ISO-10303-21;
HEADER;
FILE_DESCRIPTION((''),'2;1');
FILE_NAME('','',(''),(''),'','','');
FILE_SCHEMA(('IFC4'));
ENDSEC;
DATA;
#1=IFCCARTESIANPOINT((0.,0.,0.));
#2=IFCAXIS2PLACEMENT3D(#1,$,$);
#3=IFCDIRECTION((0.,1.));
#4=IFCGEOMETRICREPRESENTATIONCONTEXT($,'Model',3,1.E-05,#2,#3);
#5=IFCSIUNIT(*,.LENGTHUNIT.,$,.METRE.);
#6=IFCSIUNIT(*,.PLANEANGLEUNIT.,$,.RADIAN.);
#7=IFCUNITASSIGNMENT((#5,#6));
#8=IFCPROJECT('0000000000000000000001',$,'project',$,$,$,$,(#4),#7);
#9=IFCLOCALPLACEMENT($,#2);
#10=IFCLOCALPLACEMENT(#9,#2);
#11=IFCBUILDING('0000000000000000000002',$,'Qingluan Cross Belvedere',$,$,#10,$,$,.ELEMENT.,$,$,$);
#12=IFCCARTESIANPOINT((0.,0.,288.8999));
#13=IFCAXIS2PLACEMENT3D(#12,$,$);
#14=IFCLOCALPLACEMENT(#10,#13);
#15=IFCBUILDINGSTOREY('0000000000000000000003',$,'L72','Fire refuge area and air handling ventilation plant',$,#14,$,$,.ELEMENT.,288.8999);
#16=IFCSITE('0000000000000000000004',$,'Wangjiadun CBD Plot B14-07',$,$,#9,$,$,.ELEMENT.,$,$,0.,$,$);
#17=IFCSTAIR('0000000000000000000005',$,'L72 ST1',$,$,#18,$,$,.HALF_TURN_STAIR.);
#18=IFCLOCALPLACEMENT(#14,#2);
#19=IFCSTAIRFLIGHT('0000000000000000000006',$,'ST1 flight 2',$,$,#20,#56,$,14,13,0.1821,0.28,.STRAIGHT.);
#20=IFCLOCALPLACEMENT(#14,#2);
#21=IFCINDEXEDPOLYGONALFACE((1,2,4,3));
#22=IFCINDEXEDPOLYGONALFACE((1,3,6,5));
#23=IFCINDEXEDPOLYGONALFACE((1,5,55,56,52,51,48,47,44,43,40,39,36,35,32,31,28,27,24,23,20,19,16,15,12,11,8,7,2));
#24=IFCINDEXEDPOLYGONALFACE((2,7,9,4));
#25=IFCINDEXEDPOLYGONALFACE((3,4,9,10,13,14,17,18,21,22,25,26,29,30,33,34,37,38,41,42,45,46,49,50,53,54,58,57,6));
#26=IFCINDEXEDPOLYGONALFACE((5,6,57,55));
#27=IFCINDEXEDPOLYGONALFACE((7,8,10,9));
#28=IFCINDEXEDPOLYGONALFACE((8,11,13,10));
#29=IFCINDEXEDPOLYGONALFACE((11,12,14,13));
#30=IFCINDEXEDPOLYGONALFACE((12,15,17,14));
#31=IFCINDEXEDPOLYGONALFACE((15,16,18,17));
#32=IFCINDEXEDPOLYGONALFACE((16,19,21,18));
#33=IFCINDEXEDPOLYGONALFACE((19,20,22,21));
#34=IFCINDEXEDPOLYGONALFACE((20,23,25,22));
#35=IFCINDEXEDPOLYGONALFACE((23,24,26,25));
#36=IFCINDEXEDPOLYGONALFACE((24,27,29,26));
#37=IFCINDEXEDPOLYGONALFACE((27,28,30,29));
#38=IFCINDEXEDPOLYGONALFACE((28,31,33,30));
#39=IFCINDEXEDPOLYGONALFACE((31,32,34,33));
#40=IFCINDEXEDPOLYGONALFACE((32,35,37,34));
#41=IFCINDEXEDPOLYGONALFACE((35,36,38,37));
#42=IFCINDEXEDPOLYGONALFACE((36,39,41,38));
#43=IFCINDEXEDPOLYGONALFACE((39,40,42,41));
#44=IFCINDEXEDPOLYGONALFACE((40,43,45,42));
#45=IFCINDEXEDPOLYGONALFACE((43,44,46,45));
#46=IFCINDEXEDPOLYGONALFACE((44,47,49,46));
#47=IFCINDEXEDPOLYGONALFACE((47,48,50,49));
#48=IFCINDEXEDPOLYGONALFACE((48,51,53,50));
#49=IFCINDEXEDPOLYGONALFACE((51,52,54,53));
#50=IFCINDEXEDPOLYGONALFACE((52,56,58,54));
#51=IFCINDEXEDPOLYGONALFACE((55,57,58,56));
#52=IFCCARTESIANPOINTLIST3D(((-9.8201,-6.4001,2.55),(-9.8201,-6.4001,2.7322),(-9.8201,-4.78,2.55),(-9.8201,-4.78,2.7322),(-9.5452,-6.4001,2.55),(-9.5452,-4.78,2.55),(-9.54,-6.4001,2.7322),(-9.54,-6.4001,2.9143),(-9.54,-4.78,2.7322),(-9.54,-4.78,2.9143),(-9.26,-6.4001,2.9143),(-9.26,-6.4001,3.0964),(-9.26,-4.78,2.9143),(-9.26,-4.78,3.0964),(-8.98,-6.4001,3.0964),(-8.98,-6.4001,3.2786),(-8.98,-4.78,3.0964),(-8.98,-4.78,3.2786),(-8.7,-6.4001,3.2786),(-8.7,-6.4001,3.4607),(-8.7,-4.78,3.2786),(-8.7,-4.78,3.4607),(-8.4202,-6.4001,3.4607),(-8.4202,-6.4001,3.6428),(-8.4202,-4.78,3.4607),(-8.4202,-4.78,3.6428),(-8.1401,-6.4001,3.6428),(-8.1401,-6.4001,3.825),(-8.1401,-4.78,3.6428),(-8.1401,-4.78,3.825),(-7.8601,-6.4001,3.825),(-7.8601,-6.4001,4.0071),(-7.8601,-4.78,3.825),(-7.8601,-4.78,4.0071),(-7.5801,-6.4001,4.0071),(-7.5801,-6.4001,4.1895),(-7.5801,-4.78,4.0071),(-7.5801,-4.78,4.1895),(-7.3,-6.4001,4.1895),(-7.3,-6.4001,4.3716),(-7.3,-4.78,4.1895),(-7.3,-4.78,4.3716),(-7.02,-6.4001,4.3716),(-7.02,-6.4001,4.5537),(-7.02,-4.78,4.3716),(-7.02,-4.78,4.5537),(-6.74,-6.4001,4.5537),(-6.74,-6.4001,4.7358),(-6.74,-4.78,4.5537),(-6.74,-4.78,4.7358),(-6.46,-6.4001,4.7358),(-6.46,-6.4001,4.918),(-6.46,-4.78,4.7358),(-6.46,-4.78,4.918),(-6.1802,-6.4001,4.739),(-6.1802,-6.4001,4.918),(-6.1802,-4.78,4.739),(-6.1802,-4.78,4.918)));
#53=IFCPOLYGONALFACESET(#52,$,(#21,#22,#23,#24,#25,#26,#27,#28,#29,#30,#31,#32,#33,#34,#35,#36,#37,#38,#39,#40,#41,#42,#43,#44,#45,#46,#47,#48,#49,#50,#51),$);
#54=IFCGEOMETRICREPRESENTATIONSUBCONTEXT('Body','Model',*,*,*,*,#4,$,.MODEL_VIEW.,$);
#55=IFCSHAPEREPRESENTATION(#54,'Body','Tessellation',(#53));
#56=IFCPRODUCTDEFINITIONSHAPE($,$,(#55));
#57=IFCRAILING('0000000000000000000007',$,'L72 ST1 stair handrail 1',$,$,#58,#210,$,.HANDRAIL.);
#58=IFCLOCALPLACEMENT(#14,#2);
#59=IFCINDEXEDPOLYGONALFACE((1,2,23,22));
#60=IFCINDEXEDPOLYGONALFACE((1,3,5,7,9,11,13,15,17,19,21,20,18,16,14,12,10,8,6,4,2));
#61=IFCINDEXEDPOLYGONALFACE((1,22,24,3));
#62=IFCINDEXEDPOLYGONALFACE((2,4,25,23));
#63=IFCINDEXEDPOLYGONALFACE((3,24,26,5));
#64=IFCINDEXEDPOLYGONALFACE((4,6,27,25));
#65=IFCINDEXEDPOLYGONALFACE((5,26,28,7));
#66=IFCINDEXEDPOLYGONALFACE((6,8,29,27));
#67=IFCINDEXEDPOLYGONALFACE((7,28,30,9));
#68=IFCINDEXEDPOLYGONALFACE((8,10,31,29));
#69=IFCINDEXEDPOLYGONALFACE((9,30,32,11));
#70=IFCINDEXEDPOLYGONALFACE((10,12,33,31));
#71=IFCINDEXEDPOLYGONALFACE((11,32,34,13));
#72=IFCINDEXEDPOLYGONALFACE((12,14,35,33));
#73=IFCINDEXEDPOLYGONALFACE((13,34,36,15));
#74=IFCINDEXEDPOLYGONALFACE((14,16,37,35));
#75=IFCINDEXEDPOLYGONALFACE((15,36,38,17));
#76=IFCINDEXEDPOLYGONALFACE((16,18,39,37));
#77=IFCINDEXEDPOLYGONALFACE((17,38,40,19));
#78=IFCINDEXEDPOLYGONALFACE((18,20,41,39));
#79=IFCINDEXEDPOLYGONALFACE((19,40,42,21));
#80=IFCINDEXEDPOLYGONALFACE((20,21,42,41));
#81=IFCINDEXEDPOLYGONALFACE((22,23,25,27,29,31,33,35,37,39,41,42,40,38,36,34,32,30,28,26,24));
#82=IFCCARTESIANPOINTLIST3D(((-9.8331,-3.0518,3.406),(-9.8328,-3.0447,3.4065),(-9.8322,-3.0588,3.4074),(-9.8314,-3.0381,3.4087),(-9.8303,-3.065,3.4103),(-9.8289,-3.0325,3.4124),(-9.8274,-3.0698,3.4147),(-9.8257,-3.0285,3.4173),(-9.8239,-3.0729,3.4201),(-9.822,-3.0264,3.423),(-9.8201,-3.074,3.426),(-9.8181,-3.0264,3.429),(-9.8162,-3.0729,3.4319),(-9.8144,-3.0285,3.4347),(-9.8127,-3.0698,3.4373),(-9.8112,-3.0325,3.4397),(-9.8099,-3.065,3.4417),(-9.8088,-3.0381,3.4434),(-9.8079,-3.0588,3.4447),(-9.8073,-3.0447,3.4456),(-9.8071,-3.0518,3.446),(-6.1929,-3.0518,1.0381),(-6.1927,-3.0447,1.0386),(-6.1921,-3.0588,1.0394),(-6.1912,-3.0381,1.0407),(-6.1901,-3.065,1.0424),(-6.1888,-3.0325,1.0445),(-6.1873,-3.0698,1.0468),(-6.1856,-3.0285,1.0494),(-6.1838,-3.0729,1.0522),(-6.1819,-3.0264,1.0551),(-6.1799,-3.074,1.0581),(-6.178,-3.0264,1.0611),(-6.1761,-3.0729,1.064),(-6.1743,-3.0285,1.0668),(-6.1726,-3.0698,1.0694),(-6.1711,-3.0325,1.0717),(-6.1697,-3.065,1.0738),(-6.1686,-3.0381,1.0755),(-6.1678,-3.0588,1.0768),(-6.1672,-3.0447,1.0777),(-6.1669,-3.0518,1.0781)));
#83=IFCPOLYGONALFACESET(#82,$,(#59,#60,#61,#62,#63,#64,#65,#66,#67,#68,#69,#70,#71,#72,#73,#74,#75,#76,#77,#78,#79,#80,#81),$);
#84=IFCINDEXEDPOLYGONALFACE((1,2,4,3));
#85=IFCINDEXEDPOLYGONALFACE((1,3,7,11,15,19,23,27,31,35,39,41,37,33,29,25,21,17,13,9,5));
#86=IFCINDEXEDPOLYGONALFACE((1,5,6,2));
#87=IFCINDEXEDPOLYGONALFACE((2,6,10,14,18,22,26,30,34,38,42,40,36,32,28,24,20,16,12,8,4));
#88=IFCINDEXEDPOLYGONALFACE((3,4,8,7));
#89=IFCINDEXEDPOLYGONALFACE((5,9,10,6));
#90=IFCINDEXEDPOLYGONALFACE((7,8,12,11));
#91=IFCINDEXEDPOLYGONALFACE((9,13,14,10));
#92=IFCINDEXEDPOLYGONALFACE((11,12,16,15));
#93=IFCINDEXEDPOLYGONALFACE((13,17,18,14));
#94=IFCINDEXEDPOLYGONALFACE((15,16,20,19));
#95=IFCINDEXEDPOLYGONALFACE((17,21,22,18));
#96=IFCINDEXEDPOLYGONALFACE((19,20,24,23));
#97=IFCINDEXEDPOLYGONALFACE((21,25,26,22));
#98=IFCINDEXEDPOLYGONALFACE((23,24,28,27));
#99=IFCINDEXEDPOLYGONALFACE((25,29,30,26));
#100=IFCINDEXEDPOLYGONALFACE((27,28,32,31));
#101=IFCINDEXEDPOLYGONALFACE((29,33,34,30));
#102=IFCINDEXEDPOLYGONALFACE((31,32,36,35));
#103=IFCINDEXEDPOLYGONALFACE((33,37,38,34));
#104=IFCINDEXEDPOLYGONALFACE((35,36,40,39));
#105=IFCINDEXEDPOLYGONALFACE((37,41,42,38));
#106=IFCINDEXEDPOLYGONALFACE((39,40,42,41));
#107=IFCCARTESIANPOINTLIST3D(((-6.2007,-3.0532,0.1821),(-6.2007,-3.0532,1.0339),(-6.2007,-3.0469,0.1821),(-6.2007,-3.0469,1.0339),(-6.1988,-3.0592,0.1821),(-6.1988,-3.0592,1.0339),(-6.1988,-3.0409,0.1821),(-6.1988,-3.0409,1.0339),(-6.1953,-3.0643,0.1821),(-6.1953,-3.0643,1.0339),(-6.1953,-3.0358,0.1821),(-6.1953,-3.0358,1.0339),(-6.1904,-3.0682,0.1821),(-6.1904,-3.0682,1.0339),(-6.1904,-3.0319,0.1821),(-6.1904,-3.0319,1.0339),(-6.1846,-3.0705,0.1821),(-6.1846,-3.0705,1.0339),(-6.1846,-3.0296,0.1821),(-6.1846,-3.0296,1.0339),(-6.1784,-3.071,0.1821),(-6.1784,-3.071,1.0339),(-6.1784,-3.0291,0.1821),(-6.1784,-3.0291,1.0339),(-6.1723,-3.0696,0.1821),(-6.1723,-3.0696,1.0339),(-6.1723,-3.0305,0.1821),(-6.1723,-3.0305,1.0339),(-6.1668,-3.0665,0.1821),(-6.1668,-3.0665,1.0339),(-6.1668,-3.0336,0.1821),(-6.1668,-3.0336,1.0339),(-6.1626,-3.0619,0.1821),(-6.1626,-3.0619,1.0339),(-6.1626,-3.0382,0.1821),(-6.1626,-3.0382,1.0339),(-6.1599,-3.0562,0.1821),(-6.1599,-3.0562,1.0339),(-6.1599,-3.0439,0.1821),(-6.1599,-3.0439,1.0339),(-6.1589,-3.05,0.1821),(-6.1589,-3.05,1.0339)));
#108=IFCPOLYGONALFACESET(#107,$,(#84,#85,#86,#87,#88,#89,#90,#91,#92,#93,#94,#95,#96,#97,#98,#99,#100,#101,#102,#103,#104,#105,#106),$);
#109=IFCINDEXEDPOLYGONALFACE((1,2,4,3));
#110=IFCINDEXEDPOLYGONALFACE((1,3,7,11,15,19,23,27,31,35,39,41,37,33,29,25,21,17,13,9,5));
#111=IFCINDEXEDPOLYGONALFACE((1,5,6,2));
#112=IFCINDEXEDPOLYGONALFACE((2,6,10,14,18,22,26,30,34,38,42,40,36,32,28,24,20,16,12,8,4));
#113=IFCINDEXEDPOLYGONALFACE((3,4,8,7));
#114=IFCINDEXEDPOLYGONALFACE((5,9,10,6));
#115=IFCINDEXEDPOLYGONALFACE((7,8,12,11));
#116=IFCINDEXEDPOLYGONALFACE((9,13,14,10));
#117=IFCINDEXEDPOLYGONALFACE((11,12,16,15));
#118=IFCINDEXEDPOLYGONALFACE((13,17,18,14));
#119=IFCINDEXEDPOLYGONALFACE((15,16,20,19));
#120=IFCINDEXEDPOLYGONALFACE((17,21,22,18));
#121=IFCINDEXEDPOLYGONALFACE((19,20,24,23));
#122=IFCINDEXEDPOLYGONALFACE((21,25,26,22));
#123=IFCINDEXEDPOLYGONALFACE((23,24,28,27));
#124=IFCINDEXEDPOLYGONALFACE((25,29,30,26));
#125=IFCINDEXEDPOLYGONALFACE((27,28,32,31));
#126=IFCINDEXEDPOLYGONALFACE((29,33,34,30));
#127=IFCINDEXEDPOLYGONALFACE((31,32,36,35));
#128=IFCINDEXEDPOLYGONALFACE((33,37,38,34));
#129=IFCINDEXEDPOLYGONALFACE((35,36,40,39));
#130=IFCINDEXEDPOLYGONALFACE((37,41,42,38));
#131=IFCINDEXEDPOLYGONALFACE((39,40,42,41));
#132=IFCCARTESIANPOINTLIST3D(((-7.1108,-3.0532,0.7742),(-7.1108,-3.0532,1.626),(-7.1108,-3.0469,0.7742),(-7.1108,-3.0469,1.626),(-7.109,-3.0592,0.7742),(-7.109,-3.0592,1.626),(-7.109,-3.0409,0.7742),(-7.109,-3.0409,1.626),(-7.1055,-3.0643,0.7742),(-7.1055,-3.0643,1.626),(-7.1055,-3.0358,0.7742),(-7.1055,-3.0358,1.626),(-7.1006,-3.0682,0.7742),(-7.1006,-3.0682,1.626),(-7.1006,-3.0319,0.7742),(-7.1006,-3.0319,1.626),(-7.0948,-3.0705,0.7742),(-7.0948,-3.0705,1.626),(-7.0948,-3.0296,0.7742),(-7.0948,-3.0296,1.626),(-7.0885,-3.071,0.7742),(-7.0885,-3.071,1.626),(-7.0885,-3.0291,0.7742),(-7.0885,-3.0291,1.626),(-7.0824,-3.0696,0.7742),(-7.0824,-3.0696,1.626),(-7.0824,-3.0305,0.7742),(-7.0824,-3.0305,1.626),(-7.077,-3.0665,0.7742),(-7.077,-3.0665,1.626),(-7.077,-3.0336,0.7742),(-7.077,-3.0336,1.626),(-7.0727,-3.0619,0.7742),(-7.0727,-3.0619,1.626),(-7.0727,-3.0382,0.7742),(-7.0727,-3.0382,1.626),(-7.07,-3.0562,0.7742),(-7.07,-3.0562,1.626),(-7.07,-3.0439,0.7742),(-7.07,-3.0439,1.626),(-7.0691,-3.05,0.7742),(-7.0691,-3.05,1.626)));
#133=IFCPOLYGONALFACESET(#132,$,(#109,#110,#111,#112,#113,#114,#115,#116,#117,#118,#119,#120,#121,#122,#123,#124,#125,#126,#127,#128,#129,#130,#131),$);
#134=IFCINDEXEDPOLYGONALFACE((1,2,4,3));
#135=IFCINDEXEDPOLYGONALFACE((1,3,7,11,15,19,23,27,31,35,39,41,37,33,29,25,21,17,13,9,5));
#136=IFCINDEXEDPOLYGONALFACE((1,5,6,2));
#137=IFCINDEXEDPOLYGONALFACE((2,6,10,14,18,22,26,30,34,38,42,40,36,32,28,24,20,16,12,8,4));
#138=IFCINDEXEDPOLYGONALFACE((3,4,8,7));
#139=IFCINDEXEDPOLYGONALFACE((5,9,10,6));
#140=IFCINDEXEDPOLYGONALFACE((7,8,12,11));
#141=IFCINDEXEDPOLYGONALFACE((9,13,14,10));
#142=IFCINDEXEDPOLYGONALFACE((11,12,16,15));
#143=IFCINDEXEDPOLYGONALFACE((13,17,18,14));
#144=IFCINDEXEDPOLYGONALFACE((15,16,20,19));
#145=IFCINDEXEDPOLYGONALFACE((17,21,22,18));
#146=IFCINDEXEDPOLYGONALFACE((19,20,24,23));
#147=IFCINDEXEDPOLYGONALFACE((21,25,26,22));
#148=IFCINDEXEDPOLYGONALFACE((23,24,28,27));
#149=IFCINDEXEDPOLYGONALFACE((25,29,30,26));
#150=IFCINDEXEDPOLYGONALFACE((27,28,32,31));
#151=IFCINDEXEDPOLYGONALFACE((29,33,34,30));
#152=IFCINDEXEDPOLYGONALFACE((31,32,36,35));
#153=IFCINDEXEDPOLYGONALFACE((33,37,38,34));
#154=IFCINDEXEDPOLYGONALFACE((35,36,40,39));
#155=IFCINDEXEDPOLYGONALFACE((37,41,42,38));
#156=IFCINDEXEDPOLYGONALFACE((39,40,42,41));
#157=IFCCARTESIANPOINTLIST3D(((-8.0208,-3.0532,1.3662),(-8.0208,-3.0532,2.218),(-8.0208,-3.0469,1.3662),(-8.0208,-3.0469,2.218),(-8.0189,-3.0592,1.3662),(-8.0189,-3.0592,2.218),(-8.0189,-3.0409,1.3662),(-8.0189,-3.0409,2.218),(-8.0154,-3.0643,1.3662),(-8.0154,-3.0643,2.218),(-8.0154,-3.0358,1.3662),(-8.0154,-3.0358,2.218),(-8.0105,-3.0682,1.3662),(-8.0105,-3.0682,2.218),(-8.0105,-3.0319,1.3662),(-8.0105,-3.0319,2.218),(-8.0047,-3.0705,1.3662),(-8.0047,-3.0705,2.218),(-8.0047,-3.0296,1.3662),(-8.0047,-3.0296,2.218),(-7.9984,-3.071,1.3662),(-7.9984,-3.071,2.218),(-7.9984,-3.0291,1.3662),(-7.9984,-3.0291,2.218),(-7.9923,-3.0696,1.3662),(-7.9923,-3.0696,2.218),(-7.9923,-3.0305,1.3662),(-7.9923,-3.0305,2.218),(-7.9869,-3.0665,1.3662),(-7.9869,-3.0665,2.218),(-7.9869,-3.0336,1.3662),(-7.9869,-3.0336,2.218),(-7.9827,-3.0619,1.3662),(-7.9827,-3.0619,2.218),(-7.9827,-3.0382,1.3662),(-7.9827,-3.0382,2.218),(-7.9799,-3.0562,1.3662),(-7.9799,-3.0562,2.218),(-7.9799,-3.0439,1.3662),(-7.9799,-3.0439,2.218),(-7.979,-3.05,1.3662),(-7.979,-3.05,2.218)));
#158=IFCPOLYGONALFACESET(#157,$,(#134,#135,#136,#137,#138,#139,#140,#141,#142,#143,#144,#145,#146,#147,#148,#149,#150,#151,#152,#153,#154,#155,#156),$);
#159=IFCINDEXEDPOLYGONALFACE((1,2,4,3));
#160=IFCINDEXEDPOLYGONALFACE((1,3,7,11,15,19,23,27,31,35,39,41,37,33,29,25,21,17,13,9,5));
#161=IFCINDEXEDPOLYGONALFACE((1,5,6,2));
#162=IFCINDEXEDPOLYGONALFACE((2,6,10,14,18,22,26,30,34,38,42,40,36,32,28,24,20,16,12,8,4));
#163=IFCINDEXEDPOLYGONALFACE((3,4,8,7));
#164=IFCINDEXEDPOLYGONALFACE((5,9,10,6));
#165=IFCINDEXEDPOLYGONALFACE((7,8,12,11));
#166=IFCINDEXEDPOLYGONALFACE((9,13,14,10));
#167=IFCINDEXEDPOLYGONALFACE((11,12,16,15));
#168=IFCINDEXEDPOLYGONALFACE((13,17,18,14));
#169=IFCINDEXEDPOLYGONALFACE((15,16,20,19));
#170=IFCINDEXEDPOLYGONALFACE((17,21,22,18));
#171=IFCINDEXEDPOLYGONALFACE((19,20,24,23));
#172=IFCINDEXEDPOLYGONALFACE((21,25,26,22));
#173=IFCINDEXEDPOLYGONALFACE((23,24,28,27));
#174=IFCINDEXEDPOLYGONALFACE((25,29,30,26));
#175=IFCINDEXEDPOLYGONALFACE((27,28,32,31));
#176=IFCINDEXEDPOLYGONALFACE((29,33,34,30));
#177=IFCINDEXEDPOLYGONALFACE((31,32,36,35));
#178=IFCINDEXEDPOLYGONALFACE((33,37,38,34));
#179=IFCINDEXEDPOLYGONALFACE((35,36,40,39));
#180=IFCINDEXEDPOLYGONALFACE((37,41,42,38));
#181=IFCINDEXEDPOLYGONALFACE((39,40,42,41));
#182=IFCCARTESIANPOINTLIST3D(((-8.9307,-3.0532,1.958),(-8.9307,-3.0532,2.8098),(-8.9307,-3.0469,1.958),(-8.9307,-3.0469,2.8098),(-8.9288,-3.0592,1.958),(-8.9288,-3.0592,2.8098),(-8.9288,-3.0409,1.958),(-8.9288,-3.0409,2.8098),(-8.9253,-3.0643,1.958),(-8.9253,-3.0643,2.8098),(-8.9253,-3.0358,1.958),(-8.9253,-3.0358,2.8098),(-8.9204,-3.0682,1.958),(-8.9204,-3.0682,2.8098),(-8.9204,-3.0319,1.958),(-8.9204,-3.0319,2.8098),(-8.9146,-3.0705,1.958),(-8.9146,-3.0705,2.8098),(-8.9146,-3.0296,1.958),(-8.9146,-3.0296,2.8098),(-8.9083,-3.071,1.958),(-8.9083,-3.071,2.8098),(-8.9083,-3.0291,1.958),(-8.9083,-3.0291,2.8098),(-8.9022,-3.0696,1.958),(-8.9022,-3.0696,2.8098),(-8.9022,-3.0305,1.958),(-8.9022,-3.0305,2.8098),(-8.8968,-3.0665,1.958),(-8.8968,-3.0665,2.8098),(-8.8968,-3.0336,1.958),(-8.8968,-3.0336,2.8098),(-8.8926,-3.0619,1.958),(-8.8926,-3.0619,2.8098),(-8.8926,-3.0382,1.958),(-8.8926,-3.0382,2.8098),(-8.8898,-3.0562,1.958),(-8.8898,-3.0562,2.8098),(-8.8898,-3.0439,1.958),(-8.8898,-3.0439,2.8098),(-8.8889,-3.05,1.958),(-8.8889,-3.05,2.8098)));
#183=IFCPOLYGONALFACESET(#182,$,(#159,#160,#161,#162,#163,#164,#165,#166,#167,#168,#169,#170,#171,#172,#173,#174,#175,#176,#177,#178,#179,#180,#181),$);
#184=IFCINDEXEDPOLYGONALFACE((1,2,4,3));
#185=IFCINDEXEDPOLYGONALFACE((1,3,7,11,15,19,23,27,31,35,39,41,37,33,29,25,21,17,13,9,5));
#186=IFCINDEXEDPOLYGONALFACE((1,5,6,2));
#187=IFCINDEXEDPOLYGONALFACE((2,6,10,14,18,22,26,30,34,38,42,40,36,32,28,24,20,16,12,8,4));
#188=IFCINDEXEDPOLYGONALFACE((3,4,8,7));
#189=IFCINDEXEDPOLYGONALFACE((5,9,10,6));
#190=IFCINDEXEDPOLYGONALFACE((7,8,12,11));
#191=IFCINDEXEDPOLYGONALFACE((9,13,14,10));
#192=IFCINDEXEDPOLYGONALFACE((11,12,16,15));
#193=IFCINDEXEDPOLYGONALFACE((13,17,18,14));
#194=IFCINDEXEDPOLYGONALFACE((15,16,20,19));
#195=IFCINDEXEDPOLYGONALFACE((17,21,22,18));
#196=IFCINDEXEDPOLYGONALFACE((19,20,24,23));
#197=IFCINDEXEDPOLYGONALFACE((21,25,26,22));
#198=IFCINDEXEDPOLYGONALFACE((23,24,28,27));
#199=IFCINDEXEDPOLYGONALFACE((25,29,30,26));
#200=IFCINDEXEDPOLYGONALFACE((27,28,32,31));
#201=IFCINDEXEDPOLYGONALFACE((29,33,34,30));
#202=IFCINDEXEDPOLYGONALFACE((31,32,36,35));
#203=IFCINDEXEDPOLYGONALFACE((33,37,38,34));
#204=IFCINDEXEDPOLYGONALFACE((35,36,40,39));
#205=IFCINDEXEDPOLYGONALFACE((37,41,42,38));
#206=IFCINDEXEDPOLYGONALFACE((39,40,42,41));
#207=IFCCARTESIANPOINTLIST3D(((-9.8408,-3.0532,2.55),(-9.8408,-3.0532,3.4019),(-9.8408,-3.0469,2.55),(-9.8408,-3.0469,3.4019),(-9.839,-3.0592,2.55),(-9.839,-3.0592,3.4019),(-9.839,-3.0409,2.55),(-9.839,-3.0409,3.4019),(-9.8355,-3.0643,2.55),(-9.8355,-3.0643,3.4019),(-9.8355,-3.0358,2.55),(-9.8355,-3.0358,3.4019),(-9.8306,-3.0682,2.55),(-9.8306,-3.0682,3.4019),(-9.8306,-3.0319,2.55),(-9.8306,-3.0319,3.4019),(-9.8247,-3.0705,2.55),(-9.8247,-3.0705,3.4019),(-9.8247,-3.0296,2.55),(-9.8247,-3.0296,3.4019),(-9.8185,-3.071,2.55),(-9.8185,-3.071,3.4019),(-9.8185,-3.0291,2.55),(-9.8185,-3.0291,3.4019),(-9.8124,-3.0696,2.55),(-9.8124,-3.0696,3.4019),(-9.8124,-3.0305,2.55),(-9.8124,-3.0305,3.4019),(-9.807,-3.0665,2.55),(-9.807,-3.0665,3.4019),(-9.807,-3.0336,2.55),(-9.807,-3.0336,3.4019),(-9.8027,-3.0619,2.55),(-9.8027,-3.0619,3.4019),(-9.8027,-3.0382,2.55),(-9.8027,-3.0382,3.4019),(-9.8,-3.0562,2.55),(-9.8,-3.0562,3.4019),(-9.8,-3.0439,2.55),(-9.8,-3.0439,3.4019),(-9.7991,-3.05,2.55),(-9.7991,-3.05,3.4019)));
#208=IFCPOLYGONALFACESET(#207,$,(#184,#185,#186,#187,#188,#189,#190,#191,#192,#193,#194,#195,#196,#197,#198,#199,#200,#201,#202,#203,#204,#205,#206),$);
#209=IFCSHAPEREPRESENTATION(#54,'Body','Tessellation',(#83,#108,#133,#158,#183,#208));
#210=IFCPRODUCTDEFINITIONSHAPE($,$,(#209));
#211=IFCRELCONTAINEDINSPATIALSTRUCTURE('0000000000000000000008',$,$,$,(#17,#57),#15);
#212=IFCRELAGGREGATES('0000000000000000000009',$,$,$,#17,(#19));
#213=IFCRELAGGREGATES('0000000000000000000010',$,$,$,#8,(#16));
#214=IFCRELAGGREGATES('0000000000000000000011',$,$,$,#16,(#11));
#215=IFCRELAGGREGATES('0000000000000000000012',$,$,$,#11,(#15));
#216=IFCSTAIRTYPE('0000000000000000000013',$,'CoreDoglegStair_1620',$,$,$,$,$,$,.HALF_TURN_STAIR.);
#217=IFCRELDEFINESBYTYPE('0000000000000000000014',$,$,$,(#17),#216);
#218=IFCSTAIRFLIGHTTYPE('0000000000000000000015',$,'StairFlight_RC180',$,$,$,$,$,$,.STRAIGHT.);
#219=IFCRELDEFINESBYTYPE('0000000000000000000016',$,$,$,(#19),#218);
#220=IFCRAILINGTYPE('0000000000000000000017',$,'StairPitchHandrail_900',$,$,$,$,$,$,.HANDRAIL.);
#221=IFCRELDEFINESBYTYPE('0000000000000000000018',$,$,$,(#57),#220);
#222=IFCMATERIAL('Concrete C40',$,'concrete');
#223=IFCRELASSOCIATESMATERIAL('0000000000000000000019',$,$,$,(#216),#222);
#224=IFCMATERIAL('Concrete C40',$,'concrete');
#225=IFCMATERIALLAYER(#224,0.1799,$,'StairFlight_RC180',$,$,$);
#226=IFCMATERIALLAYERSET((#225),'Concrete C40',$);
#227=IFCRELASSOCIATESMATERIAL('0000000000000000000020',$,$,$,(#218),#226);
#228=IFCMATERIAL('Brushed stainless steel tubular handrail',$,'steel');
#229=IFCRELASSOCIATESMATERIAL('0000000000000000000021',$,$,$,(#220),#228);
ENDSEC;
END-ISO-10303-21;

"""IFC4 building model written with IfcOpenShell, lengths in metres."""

from ifc_helpers import new_model, si_unit, direction, frame, origin, origin_2d, place, context, subcontext, project, spatial, polyline, circle, outline, extrude, material, layer, layer_set, type_object, element, aggregate, save


model = new_model("IFC4")

# Units and contexts
model_context = context("Model", 3, precision=1e-05, world=origin(), true_north=direction((0.0, 1.0)))
body_context = subcontext(model_context, "Body", "Model", "MODEL_VIEW")
ifc_project = project(units=[si_unit("LENGTHUNIT", "METRE"), si_unit("PLANEANGLEUNIT", "RADIAN")], contexts=[model_context])

# Site, building, storey
site_placement = place(None, origin())
site = spatial("IfcSite", under=ifc_project, at=site_placement, Name="Wangjiadun CBD Plot B14-07", CompositionType="ELEMENT", RefElevation=0.0)
building_placement = place(site_placement, origin())
building = spatial("IfcBuilding", under=site, at=building_placement, Name="Qingluan Cross Belvedere", CompositionType="ELEMENT")
storey_placement = place(building_placement, frame((0.0, 0.0, 288.8999)))
storey = spatial("IfcBuildingStorey", under=building, at=storey_placement, Name="L72", Description="Fire refuge area and air handling ventilation plant", CompositionType="ELEMENT", Elevation=288.8999)

# Stair, stair flight
ifc_material_1 = material(Name="Concrete C40", Category="concrete")
stair_type = type_object("IfcStairType", Name="CoreDoglegStair_1620", PredefinedType="HALF_TURN_STAIR", material=ifc_material_1)
stair_placement = place(storey_placement, origin())
stair = element("IfcStair", 1, at=stair_placement, inside=storey, type_object=stair_type, Name="L72 ST1", PredefinedType="HALF_TURN_STAIR")
ifc_material_2 = material(Name="Concrete C40", Category="concrete")
ifc_layer_1 = layer(ifc_material_2, 0.1799, Name="StairFlight_RC180")
ifc_layer_set_1 = layer_set([ifc_layer_1], Name="Concrete C40")
stair_flight_type = type_object("IfcStairFlightType", Name="StairFlight_RC180", PredefinedType="STRAIGHT", material=ifc_layer_set_1)
stair_flight_1_placement = place(storey_placement, frame((-9.8201, -5.5901, 2.55), z_axis=(0.0, 0.0, 1.0), x_axis=(1.0, 0.0, 0.0)))
stair_flight_1 = element("IfcStairFlight", 2, at=stair_flight_1_placement, type_object=stair_flight_type, Name="ST1 flight 2", NumberOfRisers=14, NumberOfTreads=13, PredefinedType="STRAIGHT", RiserHeight=0.1821, TreadLength=0.28, context=body_context, shape_type="SweptSolid", body=[
    extrude(outline(polyline([(0.0, 0.0), (0.0, 0.1821), (0.28, 0.1821), (0.28, 0.3643), (0.5601, 0.3643), (0.5601, 0.5464), (0.8401, 0.5464), (0.8401, 0.7285), (1.1201, 0.7285), (1.1201, 0.9106), (1.3999, 0.9106), (1.3999, 1.0928), (1.6799, 1.0928), (1.6799, 1.2749), (1.96, 1.2749), (1.96, 1.457), (2.24, 1.457), (2.24, 1.6394), (2.52, 1.6394), (2.52, 1.8215), (2.8, 1.8215), (2.8, 2.0037), (3.0801, 2.0037), (3.0801, 2.1858), (3.3601, 2.1858), (3.3601, 2.3679), (3.6399, 2.3679), (3.6399, 2.55), (3.6399, 2.189), (0.2749, 0.0), (0.0, 0.0)])), frame((0.0, 0.8101, 0.0), z_axis=(0.0, -1.0, 0.0), x_axis=(1.0, 0.0, 0.0)), (0.0, 0.0, 1.0), 1.6201),
])
aggregate(stair, [stair_flight_1])

# Railing
ifc_material_3 = material(Name="Brushed stainless steel tubular handrail", Category="steel")
railing_type_1 = type_object("IfcRailingType", Name="StairPitchHandrail_900", PredefinedType="HANDRAIL", material=ifc_material_3)
railing_1_placement = place(storey_placement, frame((-6.1799, -3.05, 0.1821)))
element("IfcRailing", 3, at=railing_1_placement, inside=storey, type_object=railing_type_1, Name="L72 ST1 stair handrail 1", PredefinedType="HANDRAIL", context=body_context, shape_type="SweptSolid", body=[
    extrude(circle(Radius=0.0239, at=origin_2d()), frame((0.0, 0.0, 0.876), z_axis=(-0.838251, 0.0, 0.545285), x_axis=(0.0, -1.0, 0.0)), (0.0, 0.0, 1.0), 4.3425),
    extrude(circle(Radius=0.021, at=origin_2d()), origin(), (0.0, 0.0, 1.0), 0.8518),
    extrude(circle(Radius=0.021, at=origin_2d()), frame((-0.9102, 0.0, 0.592)), (0.0, 0.0, 1.0), 0.8518),
    extrude(circle(Radius=0.021, at=origin_2d()), frame((-1.8201, 0.0, 1.1841)), (0.0, 0.0, 1.0), 0.8518),
    extrude(circle(Radius=0.021, at=origin_2d()), frame((-2.73, 0.0, 1.7759)), (0.0, 0.0, 1.0), 0.8518),
    extrude(circle(Radius=0.021, at=origin_2d()), frame((-3.6401, 0.0, 2.3679)), (0.0, 0.0, 1.0), 0.8518),
])

save(model, "model.ifc")
